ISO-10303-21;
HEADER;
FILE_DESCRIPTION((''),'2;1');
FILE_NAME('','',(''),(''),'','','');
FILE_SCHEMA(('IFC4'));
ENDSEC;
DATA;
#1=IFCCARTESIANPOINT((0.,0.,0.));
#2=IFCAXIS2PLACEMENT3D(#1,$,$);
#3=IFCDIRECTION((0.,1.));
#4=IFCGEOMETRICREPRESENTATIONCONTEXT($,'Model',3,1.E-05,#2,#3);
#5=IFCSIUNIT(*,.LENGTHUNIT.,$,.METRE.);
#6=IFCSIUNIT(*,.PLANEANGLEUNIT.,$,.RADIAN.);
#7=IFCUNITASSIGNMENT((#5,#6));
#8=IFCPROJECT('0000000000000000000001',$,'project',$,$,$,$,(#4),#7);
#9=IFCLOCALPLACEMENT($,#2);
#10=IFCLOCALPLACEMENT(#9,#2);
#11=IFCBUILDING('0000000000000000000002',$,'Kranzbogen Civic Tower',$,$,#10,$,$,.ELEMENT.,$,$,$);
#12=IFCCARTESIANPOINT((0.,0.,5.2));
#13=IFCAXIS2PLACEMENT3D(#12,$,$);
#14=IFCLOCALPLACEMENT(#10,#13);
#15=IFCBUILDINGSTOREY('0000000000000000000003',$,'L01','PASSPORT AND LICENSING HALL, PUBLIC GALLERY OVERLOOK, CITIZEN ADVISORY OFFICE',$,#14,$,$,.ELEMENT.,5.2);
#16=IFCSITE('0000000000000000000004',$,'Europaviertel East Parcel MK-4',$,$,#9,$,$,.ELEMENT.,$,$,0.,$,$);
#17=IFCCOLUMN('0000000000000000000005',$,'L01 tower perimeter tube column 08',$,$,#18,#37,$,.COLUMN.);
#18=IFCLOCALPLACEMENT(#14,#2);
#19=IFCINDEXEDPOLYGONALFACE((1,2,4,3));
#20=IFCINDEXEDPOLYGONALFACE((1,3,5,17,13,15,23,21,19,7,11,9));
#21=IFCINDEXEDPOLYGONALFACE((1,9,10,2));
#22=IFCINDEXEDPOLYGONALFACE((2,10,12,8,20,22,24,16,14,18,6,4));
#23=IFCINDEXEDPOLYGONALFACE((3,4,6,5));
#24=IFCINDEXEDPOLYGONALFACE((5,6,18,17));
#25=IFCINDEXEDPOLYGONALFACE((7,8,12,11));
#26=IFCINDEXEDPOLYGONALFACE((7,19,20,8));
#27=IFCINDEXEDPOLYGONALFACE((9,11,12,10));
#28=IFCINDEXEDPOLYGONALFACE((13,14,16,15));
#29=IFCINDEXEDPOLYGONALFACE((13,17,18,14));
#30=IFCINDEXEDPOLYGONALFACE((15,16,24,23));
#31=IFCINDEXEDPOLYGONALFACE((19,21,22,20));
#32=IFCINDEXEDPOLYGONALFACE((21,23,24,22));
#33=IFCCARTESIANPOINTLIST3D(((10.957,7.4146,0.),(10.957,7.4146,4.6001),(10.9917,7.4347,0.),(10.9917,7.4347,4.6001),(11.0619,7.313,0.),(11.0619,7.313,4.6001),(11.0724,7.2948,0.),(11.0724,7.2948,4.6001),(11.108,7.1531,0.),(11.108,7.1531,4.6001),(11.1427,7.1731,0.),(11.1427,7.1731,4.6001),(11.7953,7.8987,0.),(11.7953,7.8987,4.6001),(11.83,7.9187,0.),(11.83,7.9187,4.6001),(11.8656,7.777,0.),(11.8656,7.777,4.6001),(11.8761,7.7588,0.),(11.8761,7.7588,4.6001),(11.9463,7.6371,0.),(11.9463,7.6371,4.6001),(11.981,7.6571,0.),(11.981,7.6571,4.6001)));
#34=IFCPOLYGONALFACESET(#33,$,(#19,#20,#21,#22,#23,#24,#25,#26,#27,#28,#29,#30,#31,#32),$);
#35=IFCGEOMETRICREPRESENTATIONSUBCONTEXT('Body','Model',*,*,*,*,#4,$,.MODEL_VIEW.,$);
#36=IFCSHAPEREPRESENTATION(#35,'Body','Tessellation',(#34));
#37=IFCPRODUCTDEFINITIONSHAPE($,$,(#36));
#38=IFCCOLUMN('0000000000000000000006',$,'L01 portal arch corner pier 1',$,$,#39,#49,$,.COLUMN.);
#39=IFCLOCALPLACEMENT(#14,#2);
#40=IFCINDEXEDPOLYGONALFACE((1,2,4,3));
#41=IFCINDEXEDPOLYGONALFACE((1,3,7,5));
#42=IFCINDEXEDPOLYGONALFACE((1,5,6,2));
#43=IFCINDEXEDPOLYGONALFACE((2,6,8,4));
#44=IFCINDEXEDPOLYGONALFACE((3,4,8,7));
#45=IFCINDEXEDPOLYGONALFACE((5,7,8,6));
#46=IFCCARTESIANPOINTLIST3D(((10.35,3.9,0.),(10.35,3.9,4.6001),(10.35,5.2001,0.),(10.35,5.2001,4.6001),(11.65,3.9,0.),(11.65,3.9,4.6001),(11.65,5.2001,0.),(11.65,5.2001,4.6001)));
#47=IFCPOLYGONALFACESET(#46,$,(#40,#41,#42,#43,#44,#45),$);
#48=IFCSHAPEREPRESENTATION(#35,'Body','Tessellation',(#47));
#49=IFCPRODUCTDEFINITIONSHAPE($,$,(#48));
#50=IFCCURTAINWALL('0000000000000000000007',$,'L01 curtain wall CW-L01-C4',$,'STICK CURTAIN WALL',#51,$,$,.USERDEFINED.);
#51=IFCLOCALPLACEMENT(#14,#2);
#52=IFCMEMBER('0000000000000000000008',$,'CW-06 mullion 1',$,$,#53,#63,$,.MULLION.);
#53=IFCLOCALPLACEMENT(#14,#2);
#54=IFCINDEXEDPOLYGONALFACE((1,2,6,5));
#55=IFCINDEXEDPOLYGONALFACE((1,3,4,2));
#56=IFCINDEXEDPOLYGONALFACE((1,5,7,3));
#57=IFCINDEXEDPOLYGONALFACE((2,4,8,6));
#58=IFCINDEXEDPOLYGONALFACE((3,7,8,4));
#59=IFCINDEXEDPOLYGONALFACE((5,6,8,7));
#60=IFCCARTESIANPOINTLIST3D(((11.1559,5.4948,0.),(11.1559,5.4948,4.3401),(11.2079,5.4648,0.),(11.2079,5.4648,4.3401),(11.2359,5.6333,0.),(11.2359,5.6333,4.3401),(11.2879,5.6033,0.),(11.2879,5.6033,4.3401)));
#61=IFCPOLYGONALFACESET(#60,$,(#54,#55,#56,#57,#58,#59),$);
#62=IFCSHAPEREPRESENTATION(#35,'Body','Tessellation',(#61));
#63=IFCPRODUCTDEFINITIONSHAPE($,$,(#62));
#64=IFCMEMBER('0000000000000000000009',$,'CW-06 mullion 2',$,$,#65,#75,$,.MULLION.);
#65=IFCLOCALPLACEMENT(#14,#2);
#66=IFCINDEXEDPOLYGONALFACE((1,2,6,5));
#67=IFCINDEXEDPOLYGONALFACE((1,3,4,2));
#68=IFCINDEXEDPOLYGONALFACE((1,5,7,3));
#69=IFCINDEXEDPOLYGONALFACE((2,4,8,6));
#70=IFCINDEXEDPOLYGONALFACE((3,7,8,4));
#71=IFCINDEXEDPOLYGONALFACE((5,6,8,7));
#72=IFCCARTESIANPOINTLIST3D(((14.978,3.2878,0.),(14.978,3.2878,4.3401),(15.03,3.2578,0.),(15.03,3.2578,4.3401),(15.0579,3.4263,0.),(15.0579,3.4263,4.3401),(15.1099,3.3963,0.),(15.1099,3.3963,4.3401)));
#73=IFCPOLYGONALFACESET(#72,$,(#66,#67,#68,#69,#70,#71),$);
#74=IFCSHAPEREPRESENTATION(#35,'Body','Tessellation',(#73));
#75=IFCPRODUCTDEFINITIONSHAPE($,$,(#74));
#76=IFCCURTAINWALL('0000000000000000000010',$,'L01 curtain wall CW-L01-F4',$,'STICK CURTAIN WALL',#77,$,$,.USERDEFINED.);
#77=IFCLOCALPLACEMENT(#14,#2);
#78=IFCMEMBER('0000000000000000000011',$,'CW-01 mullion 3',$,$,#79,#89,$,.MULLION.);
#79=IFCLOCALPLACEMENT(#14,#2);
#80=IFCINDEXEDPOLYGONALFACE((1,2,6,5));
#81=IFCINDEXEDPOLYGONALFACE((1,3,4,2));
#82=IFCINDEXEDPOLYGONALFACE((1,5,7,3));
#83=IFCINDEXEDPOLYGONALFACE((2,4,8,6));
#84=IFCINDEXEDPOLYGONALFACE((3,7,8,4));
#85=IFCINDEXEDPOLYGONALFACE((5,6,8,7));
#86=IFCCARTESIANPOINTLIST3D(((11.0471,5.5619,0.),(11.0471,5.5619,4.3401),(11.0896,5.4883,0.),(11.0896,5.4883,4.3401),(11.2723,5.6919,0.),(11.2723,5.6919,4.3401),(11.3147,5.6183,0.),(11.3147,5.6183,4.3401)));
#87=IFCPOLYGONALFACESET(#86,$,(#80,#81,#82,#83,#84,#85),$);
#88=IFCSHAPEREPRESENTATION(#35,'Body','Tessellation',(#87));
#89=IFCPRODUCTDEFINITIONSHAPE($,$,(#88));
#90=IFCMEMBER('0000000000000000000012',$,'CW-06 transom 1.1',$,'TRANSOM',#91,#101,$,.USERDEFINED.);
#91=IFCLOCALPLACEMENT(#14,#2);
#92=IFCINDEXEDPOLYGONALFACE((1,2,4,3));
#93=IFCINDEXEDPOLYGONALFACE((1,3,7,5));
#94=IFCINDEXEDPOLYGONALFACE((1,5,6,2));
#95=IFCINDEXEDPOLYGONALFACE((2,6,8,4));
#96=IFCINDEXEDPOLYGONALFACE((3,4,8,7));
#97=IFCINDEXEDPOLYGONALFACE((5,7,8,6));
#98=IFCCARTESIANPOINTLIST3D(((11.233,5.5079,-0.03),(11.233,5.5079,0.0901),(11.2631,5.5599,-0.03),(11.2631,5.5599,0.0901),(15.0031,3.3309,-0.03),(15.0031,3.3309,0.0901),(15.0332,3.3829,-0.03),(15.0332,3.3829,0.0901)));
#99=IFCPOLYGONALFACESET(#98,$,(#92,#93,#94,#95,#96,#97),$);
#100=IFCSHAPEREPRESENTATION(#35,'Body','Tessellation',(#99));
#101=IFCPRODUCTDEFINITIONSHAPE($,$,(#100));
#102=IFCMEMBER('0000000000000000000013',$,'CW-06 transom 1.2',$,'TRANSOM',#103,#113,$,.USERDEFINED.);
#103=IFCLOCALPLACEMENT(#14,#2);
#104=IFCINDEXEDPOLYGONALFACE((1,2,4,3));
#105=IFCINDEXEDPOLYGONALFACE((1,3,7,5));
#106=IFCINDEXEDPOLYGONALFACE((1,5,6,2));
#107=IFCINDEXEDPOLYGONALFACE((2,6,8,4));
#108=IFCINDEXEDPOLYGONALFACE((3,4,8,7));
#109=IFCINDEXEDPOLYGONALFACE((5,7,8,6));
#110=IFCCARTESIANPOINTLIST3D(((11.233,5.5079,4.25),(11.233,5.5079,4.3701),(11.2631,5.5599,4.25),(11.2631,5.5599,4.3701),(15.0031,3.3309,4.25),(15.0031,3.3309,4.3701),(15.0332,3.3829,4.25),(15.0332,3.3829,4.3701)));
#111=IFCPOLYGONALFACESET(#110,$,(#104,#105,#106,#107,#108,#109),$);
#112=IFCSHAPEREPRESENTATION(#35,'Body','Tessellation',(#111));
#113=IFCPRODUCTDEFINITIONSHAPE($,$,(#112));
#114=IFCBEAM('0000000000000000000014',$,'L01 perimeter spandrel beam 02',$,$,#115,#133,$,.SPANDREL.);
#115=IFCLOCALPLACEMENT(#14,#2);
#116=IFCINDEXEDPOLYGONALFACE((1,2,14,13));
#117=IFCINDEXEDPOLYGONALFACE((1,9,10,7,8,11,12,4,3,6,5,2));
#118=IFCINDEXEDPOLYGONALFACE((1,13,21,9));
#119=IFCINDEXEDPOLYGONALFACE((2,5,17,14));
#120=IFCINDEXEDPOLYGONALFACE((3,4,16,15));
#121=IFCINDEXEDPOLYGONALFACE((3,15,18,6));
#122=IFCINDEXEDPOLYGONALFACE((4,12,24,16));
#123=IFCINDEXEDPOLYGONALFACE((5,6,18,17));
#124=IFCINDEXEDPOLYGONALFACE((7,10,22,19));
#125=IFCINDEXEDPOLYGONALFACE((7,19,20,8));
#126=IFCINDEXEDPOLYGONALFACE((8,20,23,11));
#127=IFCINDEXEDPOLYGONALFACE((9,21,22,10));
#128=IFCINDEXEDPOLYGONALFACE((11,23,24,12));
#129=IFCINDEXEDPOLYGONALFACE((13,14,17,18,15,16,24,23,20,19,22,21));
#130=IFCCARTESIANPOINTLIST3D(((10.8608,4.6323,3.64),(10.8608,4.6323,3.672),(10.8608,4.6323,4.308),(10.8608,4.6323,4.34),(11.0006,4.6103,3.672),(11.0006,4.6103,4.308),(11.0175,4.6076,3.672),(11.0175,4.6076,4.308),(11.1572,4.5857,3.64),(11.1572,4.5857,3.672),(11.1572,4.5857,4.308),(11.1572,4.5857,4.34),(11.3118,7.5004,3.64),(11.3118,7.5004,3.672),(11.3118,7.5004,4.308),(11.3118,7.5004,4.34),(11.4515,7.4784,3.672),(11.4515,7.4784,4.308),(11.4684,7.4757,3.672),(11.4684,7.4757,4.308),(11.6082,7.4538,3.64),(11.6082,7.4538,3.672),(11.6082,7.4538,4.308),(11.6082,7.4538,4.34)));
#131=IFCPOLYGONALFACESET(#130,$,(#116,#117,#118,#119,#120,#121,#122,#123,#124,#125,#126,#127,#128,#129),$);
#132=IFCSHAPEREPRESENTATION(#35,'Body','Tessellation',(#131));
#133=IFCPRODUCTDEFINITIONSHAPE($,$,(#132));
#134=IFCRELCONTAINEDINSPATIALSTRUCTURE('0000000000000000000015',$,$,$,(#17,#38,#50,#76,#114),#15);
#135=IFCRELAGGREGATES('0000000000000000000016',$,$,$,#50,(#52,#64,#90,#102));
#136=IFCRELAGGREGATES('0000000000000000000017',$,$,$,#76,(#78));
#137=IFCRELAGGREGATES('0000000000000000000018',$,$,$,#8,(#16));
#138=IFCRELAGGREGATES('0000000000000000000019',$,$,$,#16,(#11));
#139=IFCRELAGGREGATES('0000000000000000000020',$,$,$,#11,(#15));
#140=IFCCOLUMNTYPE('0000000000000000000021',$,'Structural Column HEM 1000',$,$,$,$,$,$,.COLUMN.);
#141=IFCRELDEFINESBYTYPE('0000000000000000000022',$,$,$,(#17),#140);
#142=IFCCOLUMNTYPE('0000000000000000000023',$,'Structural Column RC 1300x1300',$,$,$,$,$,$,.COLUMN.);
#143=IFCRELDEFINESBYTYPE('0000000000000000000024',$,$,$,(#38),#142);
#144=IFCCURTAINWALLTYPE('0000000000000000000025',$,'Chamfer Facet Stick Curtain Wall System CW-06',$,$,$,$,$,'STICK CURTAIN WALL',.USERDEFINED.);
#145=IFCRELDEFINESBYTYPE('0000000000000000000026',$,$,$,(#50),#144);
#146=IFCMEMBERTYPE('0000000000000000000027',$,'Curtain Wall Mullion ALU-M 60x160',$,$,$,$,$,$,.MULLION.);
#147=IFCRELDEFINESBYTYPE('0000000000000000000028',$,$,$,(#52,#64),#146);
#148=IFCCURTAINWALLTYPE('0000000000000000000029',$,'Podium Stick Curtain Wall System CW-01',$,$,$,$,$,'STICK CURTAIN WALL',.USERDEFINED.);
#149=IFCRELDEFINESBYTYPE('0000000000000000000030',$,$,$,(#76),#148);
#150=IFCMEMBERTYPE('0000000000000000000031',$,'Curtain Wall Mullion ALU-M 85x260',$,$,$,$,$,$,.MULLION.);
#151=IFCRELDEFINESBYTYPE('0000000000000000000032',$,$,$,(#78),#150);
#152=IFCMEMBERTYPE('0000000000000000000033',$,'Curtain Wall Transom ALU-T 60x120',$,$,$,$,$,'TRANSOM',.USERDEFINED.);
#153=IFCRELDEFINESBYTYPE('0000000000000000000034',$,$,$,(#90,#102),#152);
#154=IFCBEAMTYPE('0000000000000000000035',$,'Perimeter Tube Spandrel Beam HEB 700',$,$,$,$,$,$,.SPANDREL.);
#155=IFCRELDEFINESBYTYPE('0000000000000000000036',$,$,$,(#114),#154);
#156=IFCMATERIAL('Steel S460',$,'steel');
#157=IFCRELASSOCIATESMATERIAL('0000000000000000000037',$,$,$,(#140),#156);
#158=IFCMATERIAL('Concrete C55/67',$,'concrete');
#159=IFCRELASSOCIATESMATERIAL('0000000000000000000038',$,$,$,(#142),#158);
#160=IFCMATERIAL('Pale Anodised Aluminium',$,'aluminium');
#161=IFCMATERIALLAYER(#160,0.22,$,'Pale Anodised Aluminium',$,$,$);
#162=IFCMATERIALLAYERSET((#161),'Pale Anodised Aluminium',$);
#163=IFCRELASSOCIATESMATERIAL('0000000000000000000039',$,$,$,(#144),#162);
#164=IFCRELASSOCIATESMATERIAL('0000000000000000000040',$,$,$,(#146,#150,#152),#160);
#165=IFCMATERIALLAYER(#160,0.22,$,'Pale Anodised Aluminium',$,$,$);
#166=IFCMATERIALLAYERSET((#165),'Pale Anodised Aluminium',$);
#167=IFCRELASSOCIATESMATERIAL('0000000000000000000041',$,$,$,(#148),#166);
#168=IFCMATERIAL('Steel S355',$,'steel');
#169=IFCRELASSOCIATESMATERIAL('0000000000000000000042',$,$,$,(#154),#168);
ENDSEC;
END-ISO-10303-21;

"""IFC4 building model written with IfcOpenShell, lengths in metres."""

from ifc_helpers import new_model, si_unit, direction, frame, origin, origin_2d, place, context, subcontext, project, spatial, rectangle, i_section, extrude, material, layer, layer_set, material_profile, profile_set, type_object, element, aggregate, save


model = new_model("IFC4")

# Units and contexts
model_context = context("Model", 3, precision=1e-05, world=origin(), true_north=direction((0.0, 1.0)))
body_context = subcontext(model_context, "Body", "Model", "MODEL_VIEW")
ifc_project = project(units=[si_unit("LENGTHUNIT", "METRE"), si_unit("PLANEANGLEUNIT", "RADIAN")], contexts=[model_context])

# Site, building, storey
site_placement = place(None, origin())
site = spatial("IfcSite", under=ifc_project, at=site_placement, Name="Europaviertel East Parcel MK-4", CompositionType="ELEMENT", RefElevation=0.0)
building_placement = place(site_placement, origin())
building = spatial("IfcBuilding", under=site, at=building_placement, Name="Kranzbogen Civic Tower", CompositionType="ELEMENT")
storey_placement = place(building_placement, frame((0.0, 0.0, 5.2)))
storey = spatial("IfcBuildingStorey", under=building, at=storey_placement, Name="L01", Description="PASSPORT AND LICENSING HALL, PUBLIC GALLERY OVERLOOK, CITIZEN ADVISORY OFFICE", CompositionType="ELEMENT", Elevation=5.2)

# Columns
ifc_material_1 = material(Name="Steel S460", Category="steel")
ifc_material_profile_1 = material_profile(ifc_material_1, i_section(OverallWidth=0.302, OverallDepth=1.0081, WebThickness=0.021, FlangeThickness=0.04, at=origin_2d()), Name="HEM 1000")
ifc_profile_set_1 = profile_set([ifc_material_profile_1], Name="Steel S460")
column_type_1 = type_object("IfcColumnType", Name="Structural Column HEM 1000", PredefinedType="COLUMN", material=ifc_profile_set_1)
column_1_placement = place(storey_placement, frame((11.469, 7.5359, 0.0), z_axis=(0.0, 0.0, 1.0), x_axis=(-0.5, 0.866025, 0.0)))
element("IfcColumn", 1, at=column_1_placement, inside=storey, type_object=column_type_1, Name="L01 tower perimeter tube column 08", PredefinedType="COLUMN", context=body_context, shape_type="SweptSolid", body=[
    extrude(i_section(OverallWidth=0.302, OverallDepth=1.0081, WebThickness=0.021, FlangeThickness=0.04, at=origin_2d()), origin(), (0.0, 0.0, 1.0), 4.6001),
])
ifc_material_2 = material(Name="Concrete C55/67", Category="concrete")
ifc_material_profile_2 = material_profile(ifc_material_2, rectangle(XDim=1.3, YDim=1.3, at=origin_2d()), Name="RC 1300x1300")
ifc_profile_set_2 = profile_set([ifc_material_profile_2], Name="Concrete C55/67")
column_type_2 = type_object("IfcColumnType", Name="Structural Column RC 1300x1300", PredefinedType="COLUMN", material=ifc_profile_set_2)
column_2_placement = place(storey_placement, frame((11.0, 4.55, 0.0), z_axis=(0.0, 0.0, 1.0), x_axis=(1.0, 0.0, 0.0)))
element("IfcColumn", 2, at=column_2_placement, inside=storey, type_object=column_type_2, Name="L01 portal arch corner pier 1", PredefinedType="COLUMN", context=body_context, shape_type="SweptSolid", body=[
    extrude(rectangle(XDim=1.3, YDim=1.3, at=origin_2d()), origin(), (0.0, 0.0, 1.0), 4.6001),
])

# Curtain wall, members
ifc_material_3 = material(Name="Pale Anodised Aluminium", Category="aluminium")
ifc_layer_1 = layer(ifc_material_3, 0.22, Name="Pale Anodised Aluminium")
ifc_layer_set_1 = layer_set([ifc_layer_1], Name="Pale Anodised Aluminium")
curtain_wall_type_1 = type_object("IfcCurtainWallType", Name="Chamfer Facet Stick Curtain Wall System CW-06", ElementType="STICK CURTAIN WALL", PredefinedType="USERDEFINED", material=ifc_layer_set_1)
curtain_wall_1_placement = place(storey_placement, origin())
curtain_wall_1 = element("IfcCurtainWall", 3, at=curtain_wall_1_placement, inside=storey, type_object=curtain_wall_type_1, Name="L01 curtain wall CW-L01-C4", ObjectType="STICK CURTAIN WALL", PredefinedType="USERDEFINED")
ifc_material_profile_3 = material_profile(ifc_material_3, rectangle(XDim=0.0601, YDim=0.1599, at=origin_2d()), Name="ALU-M 60x160")
ifc_profile_set_3 = profile_set([ifc_material_profile_3], Name="Pale Anodised Aluminium")
member_type_1 = type_object("IfcMemberType", Name="Curtain Wall Mullion ALU-M 60x160", PredefinedType="MULLION", material=ifc_profile_set_3)
member_1_placement = place(storey_placement, frame((11.2219, 5.5491, 0.0), z_axis=(0.0, 0.0, 1.0), x_axis=(0.865992, -0.500058, 0.0)))
member_1 = element("IfcMember", 4, at=member_1_placement, type_object=member_type_1, Name="CW-06 mullion 1", PredefinedType="MULLION", context=body_context, shape_type="SweptSolid", body=[
    extrude(rectangle(XDim=0.0601, YDim=0.1599, at=origin_2d()), origin(), (0.0, 0.0, 1.0), 4.3401),
])
member_2_placement = place(storey_placement, frame((15.0439, 3.342, 0.0), z_axis=(0.0, 0.0, 1.0), x_axis=(0.865992, -0.500058, 0.0)))
member_2 = element("IfcMember", 5, at=member_2_placement, type_object=member_type_1, Name="CW-06 mullion 2", PredefinedType="MULLION", context=body_context, shape_type="SweptSolid", body=[
    extrude(rectangle(XDim=0.0601, YDim=0.1599, at=origin_2d()), origin(), (0.0, 0.0, 1.0), 4.3401),
])

# Curtain wall, member
ifc_layer_2 = layer(ifc_material_3, 0.22, Name="Pale Anodised Aluminium")
ifc_layer_set_2 = layer_set([ifc_layer_2], Name="Pale Anodised Aluminium")
curtain_wall_type_2 = type_object("IfcCurtainWallType", Name="Podium Stick Curtain Wall System CW-01", ElementType="STICK CURTAIN WALL", PredefinedType="USERDEFINED", material=ifc_layer_set_2)
curtain_wall_2_placement = place(storey_placement, origin())
curtain_wall_2 = element("IfcCurtainWall", 6, at=curtain_wall_2_placement, inside=storey, type_object=curtain_wall_type_2, Name="L01 curtain wall CW-L01-F4", ObjectType="STICK CURTAIN WALL", PredefinedType="USERDEFINED")
ifc_material_profile_4 = material_profile(ifc_material_3, rectangle(XDim=0.085, YDim=0.26, at=origin_2d()), Name="ALU-M 85x260")
ifc_profile_set_4 = profile_set([ifc_material_profile_4], Name="Pale Anodised Aluminium")
member_type_2 = type_object("IfcMemberType", Name="Curtain Wall Mullion ALU-M 85x260", PredefinedType="MULLION", material=ifc_profile_set_4)
member_3_placement = place(storey_placement, frame((11.1809, 5.5901, 0.0), z_axis=(0.0, 0.0, 1.0), x_axis=(0.500006, -0.866022, 0.0)))
member_3 = element("IfcMember", 7, at=member_3_placement, type_object=member_type_2, Name="CW-01 mullion 3", PredefinedType="MULLION", context=body_context, shape_type="SweptSolid", body=[
    extrude(rectangle(XDim=0.085, YDim=0.26, at=origin_2d()), origin(), (0.0, 0.0, 1.0), 4.3401),
])

# Members
ifc_material_profile_5 = material_profile(ifc_material_3, rectangle(XDim=0.0601, YDim=0.1201, at=origin_2d()), Name="ALU-T 60x120")
ifc_profile_set_5 = profile_set([ifc_material_profile_5], Name="Pale Anodised Aluminium")
member_type_3 = type_object("IfcMemberType", Name="Curtain Wall Transom ALU-T 60x120", ElementType="TRANSOM", PredefinedType="USERDEFINED", material=ifc_profile_set_5)
member_4_placement = place(storey_placement, frame((11.248, 5.5339, 0.03), z_axis=(0.865988, -0.500065, 0.0), x_axis=(0.500065, 0.865988, 0.0)))
member_4 = element("IfcMember", 8, at=member_4_placement, type_object=member_type_3, Name="CW-06 transom 1.1", ObjectType="TRANSOM", PredefinedType="USERDEFINED", context=body_context, shape_type="SweptSolid", body=[
    extrude(rectangle(XDim=0.0601, YDim=0.1201, at=origin_2d()), origin(), (0.0, 0.0, 1.0), 4.3535),
])
member_5_placement = place(storey_placement, frame((11.248, 5.5339, 4.3101), z_axis=(0.865988, -0.500065, 0.0), x_axis=(0.500065, 0.865988, 0.0)))
member_5 = element("IfcMember", 9, at=member_5_placement, type_object=member_type_3, Name="CW-06 transom 1.2", ObjectType="TRANSOM", PredefinedType="USERDEFINED", context=body_context, shape_type="SweptSolid", body=[
    extrude(rectangle(XDim=0.0601, YDim=0.1201, at=origin_2d()), origin(), (0.0, 0.0, 1.0), 4.3535),
])

# Beam
ifc_material_4 = material(Name="Steel S355", Category="steel")
ifc_material_profile_6 = material_profile(ifc_material_4, i_section(OverallWidth=0.3, OverallDepth=0.7, WebThickness=0.0171, FlangeThickness=0.032, at=origin_2d()), Name="HEB 700")
ifc_profile_set_6 = profile_set([ifc_material_profile_6], Name="Steel S355")
beam_type_1 = type_object("IfcBeamType", Name="Perimeter Tube Spandrel Beam HEB 700", PredefinedType="SPANDREL", material=ifc_profile_set_6)
beam_1_placement = place(storey_placement, frame((11.46, 7.4771, 3.99), z_axis=(-0.155311, -0.987866, 0.0), x_axis=(0.987866, -0.155311, 0.0)))
element("IfcBeam", 10, at=beam_1_placement, inside=storey, type_object=beam_type_1, Name="L01 perimeter spandrel beam 02", PredefinedType="SPANDREL", context=body_context, shape_type="SweptSolid", body=[
    extrude(i_section(OverallWidth=0.3, OverallDepth=0.7, WebThickness=0.0171, FlangeThickness=0.032, at=origin_2d()), origin(), (0.0, 0.0, 1.0), 2.9033),
])

aggregate(curtain_wall_1, [member_1, member_2, member_4, member_5])
aggregate(curtain_wall_2, [member_3])

save(model, "model.ifc")
